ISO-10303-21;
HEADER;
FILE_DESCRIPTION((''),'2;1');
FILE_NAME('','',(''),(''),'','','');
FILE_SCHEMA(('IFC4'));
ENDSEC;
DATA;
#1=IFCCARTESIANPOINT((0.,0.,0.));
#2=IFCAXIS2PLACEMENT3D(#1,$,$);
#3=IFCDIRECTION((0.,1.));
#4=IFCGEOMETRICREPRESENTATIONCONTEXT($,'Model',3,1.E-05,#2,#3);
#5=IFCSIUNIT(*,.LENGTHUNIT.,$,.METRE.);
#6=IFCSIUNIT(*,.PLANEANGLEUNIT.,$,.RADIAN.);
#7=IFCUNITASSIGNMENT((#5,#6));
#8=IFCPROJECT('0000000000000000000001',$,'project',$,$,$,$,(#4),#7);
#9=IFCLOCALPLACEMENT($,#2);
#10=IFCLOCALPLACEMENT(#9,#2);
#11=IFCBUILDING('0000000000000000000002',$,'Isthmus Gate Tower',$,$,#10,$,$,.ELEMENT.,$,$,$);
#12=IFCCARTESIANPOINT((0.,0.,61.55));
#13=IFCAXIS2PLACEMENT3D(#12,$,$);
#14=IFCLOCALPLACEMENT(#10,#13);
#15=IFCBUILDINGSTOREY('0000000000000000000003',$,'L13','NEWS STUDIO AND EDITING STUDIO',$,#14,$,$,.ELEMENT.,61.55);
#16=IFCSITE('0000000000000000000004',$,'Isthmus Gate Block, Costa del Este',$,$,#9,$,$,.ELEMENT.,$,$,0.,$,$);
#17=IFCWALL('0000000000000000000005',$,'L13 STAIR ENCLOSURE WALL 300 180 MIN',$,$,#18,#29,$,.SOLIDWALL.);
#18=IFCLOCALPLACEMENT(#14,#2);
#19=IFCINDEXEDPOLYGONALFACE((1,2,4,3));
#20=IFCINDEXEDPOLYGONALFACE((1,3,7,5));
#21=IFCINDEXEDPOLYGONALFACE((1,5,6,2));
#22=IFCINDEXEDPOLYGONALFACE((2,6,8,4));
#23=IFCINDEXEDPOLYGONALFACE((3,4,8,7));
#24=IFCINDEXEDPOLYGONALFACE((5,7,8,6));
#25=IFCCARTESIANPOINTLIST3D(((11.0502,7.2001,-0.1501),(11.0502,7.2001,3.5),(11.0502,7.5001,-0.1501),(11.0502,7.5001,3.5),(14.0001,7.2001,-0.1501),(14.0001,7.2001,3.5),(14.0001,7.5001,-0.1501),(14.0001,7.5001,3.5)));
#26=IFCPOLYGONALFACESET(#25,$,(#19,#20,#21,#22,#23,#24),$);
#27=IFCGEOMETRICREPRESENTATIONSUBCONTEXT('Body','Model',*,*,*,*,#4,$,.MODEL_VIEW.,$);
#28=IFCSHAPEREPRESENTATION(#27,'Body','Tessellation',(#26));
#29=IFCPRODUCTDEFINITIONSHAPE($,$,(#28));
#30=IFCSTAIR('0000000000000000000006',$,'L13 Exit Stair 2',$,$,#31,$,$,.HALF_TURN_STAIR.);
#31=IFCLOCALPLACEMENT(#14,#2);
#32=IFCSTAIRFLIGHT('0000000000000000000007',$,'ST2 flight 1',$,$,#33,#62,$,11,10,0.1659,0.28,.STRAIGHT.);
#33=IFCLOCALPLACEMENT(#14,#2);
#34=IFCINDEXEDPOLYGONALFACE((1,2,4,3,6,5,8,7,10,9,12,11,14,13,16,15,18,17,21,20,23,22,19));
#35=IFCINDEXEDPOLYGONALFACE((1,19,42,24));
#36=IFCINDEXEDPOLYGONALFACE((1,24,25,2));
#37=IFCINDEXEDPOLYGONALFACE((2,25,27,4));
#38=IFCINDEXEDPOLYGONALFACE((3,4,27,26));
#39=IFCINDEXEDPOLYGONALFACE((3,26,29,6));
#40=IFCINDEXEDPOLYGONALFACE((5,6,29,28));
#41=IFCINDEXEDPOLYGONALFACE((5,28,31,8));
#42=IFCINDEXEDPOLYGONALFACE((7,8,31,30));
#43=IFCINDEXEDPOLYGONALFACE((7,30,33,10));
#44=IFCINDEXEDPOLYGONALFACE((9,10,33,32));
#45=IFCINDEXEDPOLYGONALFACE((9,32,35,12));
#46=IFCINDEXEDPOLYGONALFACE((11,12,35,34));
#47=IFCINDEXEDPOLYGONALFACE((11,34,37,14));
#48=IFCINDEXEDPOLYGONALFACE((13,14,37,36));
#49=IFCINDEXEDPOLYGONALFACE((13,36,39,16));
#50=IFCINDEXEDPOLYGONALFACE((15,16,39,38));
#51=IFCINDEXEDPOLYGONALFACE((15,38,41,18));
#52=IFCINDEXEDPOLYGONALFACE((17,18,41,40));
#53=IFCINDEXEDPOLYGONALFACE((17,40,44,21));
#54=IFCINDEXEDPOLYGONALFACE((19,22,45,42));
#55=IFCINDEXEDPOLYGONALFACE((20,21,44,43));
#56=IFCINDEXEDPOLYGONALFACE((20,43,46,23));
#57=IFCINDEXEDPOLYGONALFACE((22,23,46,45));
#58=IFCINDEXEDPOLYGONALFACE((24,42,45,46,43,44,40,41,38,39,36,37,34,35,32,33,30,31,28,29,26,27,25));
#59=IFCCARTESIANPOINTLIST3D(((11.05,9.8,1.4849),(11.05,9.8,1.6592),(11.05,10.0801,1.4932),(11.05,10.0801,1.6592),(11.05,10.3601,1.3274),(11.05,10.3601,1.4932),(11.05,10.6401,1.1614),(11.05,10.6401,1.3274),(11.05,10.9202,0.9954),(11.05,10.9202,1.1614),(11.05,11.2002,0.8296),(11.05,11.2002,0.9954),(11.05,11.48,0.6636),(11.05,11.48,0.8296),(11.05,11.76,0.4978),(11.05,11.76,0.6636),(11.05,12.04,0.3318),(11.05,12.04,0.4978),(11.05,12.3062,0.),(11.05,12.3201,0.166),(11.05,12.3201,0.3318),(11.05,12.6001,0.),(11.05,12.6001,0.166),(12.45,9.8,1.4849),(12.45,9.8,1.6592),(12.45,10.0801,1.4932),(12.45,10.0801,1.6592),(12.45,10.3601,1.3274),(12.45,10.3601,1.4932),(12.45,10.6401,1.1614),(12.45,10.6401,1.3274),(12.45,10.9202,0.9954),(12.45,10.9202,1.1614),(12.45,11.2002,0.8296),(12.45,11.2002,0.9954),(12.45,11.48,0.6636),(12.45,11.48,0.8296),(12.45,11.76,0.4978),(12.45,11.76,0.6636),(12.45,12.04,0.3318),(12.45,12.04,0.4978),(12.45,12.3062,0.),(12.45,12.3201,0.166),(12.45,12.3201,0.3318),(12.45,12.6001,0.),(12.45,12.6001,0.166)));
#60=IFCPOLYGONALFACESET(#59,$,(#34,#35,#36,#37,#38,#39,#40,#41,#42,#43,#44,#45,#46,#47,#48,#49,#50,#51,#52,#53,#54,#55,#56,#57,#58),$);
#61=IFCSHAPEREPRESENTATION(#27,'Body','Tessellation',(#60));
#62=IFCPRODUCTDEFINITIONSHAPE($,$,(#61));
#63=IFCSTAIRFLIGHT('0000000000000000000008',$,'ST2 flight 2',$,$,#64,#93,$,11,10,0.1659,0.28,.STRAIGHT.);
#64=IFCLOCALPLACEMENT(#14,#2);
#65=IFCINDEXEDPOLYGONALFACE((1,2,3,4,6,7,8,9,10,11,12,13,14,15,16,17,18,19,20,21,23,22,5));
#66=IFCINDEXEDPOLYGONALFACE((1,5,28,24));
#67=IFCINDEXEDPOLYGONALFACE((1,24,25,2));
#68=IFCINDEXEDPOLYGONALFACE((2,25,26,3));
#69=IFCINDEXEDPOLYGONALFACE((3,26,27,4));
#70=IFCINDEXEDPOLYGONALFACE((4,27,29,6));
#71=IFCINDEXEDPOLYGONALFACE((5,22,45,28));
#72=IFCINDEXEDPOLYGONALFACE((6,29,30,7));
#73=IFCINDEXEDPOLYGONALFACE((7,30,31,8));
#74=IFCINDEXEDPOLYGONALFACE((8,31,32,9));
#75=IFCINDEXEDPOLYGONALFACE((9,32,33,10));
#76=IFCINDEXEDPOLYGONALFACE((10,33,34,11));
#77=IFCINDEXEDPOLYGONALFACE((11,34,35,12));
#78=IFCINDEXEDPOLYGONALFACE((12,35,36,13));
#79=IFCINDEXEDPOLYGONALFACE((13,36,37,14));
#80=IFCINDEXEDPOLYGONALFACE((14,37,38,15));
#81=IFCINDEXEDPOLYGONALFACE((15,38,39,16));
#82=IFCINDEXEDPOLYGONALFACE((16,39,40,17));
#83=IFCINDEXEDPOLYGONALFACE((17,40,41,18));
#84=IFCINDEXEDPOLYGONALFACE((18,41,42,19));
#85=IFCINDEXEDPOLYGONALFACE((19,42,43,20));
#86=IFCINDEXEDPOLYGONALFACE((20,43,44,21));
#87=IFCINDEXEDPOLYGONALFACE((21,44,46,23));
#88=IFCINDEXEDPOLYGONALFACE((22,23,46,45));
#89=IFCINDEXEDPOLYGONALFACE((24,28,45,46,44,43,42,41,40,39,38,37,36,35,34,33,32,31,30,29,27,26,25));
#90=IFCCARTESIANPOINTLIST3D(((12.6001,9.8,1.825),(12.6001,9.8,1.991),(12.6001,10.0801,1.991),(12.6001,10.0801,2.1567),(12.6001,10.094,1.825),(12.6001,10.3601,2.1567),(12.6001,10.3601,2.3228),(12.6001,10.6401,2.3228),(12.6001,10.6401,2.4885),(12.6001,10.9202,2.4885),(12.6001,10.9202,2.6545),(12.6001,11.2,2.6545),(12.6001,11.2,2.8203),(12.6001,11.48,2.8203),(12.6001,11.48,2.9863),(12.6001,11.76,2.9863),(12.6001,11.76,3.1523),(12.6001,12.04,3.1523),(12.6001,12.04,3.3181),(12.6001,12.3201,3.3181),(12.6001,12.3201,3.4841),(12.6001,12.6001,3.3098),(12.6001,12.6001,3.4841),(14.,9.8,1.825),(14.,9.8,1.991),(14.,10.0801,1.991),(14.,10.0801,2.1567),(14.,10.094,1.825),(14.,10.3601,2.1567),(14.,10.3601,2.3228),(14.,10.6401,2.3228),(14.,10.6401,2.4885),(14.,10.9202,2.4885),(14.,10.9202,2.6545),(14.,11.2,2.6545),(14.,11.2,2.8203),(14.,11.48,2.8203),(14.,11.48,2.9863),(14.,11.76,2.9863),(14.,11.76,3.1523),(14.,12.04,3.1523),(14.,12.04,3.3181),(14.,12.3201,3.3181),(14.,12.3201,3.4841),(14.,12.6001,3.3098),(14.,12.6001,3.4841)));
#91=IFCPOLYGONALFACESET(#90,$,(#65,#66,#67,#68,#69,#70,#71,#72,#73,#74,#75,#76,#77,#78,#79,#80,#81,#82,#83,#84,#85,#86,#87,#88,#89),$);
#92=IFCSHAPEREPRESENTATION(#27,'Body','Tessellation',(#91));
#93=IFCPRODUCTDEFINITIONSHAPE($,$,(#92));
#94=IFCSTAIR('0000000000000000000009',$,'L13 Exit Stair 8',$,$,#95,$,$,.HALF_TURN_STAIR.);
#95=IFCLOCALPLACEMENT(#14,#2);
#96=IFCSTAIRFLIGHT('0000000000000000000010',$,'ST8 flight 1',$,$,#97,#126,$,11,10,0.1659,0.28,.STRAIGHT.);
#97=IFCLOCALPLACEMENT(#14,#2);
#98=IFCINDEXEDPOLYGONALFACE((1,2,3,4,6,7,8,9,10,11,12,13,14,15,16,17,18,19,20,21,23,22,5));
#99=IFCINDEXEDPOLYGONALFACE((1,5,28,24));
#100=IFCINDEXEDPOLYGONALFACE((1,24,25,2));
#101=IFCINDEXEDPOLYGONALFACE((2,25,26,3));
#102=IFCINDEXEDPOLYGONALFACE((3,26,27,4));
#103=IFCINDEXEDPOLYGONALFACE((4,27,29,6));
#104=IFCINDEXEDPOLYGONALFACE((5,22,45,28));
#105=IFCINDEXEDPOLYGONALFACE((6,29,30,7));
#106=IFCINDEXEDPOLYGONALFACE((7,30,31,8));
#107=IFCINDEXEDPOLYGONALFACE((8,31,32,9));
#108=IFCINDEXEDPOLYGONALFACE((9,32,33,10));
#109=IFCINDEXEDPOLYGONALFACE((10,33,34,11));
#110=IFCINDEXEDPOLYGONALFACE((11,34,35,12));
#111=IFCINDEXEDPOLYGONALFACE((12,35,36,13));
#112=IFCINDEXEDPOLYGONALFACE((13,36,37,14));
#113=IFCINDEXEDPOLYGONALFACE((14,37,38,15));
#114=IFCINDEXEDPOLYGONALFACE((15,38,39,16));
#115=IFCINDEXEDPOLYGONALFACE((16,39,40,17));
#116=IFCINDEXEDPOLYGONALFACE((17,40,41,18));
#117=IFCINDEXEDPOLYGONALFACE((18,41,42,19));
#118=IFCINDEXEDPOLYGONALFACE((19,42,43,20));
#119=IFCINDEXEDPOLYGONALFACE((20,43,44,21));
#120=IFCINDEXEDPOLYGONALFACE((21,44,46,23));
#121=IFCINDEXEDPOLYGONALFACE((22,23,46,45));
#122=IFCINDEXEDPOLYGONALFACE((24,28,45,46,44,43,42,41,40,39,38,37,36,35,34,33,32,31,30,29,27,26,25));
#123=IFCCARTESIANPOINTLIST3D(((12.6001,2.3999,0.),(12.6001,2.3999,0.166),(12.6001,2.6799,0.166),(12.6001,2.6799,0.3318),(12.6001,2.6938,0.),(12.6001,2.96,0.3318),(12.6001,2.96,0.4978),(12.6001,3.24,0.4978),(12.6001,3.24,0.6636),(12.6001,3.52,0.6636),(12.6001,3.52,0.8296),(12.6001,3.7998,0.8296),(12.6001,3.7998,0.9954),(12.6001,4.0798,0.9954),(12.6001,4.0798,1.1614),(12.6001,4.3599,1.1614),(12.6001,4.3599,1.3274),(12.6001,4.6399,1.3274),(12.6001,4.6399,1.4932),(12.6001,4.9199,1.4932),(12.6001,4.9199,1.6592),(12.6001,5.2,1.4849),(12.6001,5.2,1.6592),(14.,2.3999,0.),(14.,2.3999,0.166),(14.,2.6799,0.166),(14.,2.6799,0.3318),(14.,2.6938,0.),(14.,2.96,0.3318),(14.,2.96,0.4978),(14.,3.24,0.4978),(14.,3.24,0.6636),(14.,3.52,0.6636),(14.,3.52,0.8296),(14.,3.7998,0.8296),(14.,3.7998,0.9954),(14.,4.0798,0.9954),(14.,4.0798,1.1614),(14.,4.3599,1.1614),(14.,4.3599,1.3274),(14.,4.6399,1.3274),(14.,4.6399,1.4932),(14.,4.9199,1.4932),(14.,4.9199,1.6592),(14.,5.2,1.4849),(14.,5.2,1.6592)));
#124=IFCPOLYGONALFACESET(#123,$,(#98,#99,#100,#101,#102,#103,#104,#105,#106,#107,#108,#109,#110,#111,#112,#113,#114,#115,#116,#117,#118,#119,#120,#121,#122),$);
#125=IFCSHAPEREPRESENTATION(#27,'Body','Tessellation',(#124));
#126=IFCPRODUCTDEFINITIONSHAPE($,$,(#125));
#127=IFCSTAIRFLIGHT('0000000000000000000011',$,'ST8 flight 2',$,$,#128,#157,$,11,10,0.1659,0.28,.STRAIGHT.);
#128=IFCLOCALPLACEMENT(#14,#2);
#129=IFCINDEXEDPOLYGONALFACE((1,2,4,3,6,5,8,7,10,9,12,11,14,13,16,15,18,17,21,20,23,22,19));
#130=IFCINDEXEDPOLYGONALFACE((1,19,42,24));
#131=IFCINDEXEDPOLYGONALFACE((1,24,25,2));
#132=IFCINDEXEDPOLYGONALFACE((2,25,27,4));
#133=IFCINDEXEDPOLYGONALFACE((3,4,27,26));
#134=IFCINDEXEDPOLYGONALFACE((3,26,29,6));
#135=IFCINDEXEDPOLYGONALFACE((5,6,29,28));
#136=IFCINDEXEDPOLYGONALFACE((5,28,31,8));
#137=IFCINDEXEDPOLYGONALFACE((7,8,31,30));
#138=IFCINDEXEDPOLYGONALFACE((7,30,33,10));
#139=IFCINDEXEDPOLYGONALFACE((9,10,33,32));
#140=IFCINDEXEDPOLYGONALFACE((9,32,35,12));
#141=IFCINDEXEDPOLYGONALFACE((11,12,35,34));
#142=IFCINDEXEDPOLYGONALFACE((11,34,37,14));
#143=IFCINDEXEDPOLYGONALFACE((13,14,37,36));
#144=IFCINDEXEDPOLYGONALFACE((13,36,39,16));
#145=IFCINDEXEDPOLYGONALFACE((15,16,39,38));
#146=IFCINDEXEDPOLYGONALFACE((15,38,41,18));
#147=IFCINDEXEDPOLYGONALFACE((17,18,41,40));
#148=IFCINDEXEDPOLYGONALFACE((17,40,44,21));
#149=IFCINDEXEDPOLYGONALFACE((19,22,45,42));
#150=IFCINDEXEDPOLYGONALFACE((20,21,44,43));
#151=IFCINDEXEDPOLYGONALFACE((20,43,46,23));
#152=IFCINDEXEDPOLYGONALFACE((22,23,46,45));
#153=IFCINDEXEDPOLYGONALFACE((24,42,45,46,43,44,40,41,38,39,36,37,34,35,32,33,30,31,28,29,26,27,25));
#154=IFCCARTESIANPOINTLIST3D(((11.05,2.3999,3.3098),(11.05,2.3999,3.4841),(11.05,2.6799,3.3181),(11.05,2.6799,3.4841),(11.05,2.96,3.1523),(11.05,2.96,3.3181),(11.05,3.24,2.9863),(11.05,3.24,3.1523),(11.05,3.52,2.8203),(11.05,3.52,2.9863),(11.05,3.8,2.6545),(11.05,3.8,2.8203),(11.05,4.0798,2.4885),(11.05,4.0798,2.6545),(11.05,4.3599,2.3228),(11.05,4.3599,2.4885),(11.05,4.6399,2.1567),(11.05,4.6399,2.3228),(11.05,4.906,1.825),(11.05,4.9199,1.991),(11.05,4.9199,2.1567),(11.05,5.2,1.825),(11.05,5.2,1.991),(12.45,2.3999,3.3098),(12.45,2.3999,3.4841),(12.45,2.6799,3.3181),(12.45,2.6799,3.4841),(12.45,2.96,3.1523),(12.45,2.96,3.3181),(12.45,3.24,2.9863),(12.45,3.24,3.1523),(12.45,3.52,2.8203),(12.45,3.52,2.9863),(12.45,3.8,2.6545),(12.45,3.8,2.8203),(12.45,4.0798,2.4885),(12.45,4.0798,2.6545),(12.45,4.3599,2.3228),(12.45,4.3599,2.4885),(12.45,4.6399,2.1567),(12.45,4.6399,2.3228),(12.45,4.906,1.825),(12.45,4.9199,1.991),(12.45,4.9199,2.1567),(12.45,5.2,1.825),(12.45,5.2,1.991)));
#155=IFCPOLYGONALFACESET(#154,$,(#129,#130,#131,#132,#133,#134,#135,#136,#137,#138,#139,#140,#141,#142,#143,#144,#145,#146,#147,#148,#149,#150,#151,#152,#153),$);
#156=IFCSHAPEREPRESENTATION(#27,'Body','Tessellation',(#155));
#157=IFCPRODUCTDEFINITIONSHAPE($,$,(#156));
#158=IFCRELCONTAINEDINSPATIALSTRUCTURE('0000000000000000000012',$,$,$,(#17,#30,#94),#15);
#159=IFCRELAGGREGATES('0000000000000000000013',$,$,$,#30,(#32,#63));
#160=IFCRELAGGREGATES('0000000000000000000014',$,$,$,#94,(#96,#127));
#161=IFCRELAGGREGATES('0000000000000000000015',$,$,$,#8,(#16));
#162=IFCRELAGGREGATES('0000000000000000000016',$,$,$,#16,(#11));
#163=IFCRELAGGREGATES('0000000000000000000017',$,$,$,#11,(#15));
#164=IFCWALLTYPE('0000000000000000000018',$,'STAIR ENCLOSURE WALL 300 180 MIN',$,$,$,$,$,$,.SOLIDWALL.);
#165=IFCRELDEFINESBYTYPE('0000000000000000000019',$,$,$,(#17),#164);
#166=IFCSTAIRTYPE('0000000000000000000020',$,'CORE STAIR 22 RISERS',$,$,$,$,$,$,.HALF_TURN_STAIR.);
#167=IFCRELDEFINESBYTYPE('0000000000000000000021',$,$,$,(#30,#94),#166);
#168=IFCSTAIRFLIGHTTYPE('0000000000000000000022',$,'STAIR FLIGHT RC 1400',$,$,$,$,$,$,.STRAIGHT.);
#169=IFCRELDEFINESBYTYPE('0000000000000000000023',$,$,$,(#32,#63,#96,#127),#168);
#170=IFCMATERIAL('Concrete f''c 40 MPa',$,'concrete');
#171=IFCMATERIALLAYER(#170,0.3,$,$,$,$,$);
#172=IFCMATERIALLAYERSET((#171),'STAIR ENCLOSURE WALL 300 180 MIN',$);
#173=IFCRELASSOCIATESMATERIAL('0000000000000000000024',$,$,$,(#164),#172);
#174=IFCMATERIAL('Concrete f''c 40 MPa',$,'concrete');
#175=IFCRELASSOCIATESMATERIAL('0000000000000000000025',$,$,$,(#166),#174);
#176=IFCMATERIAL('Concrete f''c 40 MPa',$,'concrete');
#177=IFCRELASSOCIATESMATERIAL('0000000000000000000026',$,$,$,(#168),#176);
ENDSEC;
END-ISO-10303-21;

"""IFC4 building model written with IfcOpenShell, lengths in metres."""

from ifc_helpers import new_model, si_unit, direction, frame, frame_2d, origin, place, context, subcontext, project, spatial, polyline, rectangle, outline, extrude, material, layer, layer_set, type_object, element, aggregate, save


model = new_model("IFC4")

# Units and contexts
model_context = context("Model", 3, precision=1e-05, world=origin(), true_north=direction((0.0, 1.0)))
body_context = subcontext(model_context, "Body", "Model", "MODEL_VIEW")
ifc_project = project(units=[si_unit("LENGTHUNIT", "METRE"), si_unit("PLANEANGLEUNIT", "RADIAN")], contexts=[model_context])

# Site, building, storey
site_placement = place(None, origin())
site = spatial("IfcSite", under=ifc_project, at=site_placement, Name="Isthmus Gate Block, Costa del Este", CompositionType="ELEMENT", RefElevation=0.0)
building_placement = place(site_placement, origin())
building = spatial("IfcBuilding", under=site, at=building_placement, Name="Isthmus Gate Tower", CompositionType="ELEMENT")
storey_placement = place(building_placement, frame((0.0, 0.0, 61.55)))
storey = spatial("IfcBuildingStorey", under=building, at=storey_placement, Name="L13", Description="NEWS STUDIO AND EDITING STUDIO", CompositionType="ELEMENT", Elevation=61.55)

# Wall
ifc_material_1 = material(Name="Concrete f'c 40 MPa", Category="concrete")
ifc_layer_1 = layer(ifc_material_1, 0.3)
ifc_layer_set_1 = layer_set([ifc_layer_1], Name="STAIR ENCLOSURE WALL 300 180 MIN")
wall_type_1 = type_object("IfcWallType", Name="STAIR ENCLOSURE WALL 300 180 MIN", PredefinedType="SOLIDWALL", material=ifc_layer_set_1)
wall_1_placement = place(storey_placement, frame((11.05, 7.3501, -0.1501), z_axis=(0.0, 0.0, 1.0), x_axis=(1.0, 0.0, 0.0)))
element("IfcWall", 1, at=wall_1_placement, inside=storey, type_object=wall_type_1, Name="L13 STAIR ENCLOSURE WALL 300 180 MIN", PredefinedType="SOLIDWALL", context=body_context, shape_type="SweptSolid", body=[
    extrude(rectangle(XDim=2.95, YDim=0.3, at=frame_2d((1.4751, 0.0))), origin(), (0.0, 0.0, 1.0), 3.6501),
])

# Stairs, stair flights
ifc_material_2 = material(Name="Concrete f'c 40 MPa", Category="concrete")
stair_type = type_object("IfcStairType", Name="CORE STAIR 22 RISERS", PredefinedType="HALF_TURN_STAIR", material=ifc_material_2)
stair_1_placement = place(storey_placement, origin())
stair_1 = element("IfcStair", 2, at=stair_1_placement, inside=storey, type_object=stair_type, Name="L13 Exit Stair 2", PredefinedType="HALF_TURN_STAIR")
ifc_material_3 = material(Name="Concrete f'c 40 MPa", Category="concrete")
stair_flight_type = type_object("IfcStairFlightType", Name="STAIR FLIGHT RC 1400", PredefinedType="STRAIGHT", material=ifc_material_3)
stair_flight_1_placement = place(storey_placement, frame((11.75, 12.6001, 0.0), z_axis=(0.0, 0.0, 1.0), x_axis=(0.0, -1.0, 0.0)))
stair_flight_1 = element("IfcStairFlight", 3, at=stair_flight_1_placement, type_object=stair_flight_type, Name="ST2 flight 1", NumberOfRisers=11, NumberOfTreads=10, PredefinedType="STRAIGHT", RiserHeight=0.1659, TreadLength=0.28, context=body_context, shape_type="SweptSolid", body=[
    extrude(outline(polyline([(0.0, 0.0), (0.0, 0.166), (0.28, 0.166), (0.28, 0.3318), (0.5601, 0.3318), (0.5601, 0.4978), (0.8401, 0.4978), (0.8401, 0.6636), (1.1201, 0.6636), (1.1201, 0.8296), (1.3999, 0.8296), (1.3999, 0.9954), (1.6799, 0.9954), (1.6799, 1.1614), (1.96, 1.1614), (1.96, 1.3274), (2.24, 1.3274), (2.24, 1.4932), (2.52, 1.4932), (2.52, 1.6592), (2.8, 1.6592), (2.8, 1.825), (2.8, 1.4849), (0.2939, 0.0), (0.0, 0.0)])), frame((0.0, 0.7, 0.0), z_axis=(0.0, -1.0, 0.0), x_axis=(1.0, 0.0, 0.0)), (0.0, 0.0, 1.0), 1.3999),
])
stair_flight_2_placement = place(storey_placement, frame((13.3, 9.8, 1.825), z_axis=(0.0, 0.0, 1.0), x_axis=(0.0, 1.0, 0.0)))
stair_flight_2 = element("IfcStairFlight", 4, at=stair_flight_2_placement, type_object=stair_flight_type, Name="ST2 flight 2", NumberOfRisers=11, NumberOfTreads=10, PredefinedType="STRAIGHT", RiserHeight=0.1659, TreadLength=0.28, context=body_context, shape_type="SweptSolid", body=[
    extrude(outline(polyline([(0.0, 0.0), (0.0, 0.166), (0.28, 0.166), (0.28, 0.3318), (0.5601, 0.3318), (0.5601, 0.4978), (0.8401, 0.4978), (0.8401, 0.6636), (1.1201, 0.6636), (1.1201, 0.8296), (1.3999, 0.8296), (1.3999, 0.9954), (1.6799, 0.9954), (1.6799, 1.1614), (1.96, 1.1614), (1.96, 1.3274), (2.24, 1.3274), (2.24, 1.4932), (2.52, 1.4932), (2.52, 1.6592), (2.8, 1.6592), (2.8, 1.825), (2.8, 1.4849), (0.2939, 0.0), (0.0, 0.0)])), frame((0.0, 0.7, 0.0), z_axis=(0.0, -1.0, 0.0), x_axis=(1.0, 0.0, 0.0)), (0.0, 0.0, 1.0), 1.3999),
])
aggregate(stair_1, [stair_flight_1, stair_flight_2])
stair_2_placement = place(storey_placement, origin())
stair_2 = element("IfcStair", 5, at=stair_2_placement, inside=storey, type_object=stair_type, Name="L13 Exit Stair 8", PredefinedType="HALF_TURN_STAIR")
stair_flight_3_placement = place(storey_placement, frame((13.3, 2.3999, 0.0), z_axis=(0.0, 0.0, 1.0), x_axis=(0.0, 1.0, 0.0)))
stair_flight_3 = element("IfcStairFlight", 6, at=stair_flight_3_placement, type_object=stair_flight_type, Name="ST8 flight 1", NumberOfRisers=11, NumberOfTreads=10, PredefinedType="STRAIGHT", RiserHeight=0.1659, TreadLength=0.28, context=body_context, shape_type="SweptSolid", body=[
    extrude(outline(polyline([(0.0, 0.0), (0.0, 0.166), (0.28, 0.166), (0.28, 0.3318), (0.5601, 0.3318), (0.5601, 0.4978), (0.8401, 0.4978), (0.8401, 0.6636), (1.1201, 0.6636), (1.1201, 0.8296), (1.3999, 0.8296), (1.3999, 0.9954), (1.6799, 0.9954), (1.6799, 1.1614), (1.96, 1.1614), (1.96, 1.3274), (2.24, 1.3274), (2.24, 1.4932), (2.52, 1.4932), (2.52, 1.6592), (2.8, 1.6592), (2.8, 1.825), (2.8, 1.4849), (0.2939, 0.0), (0.0, 0.0)])), frame((0.0, 0.7, 0.0), z_axis=(0.0, -1.0, 0.0), x_axis=(1.0, 0.0, 0.0)), (0.0, 0.0, 1.0), 1.3999),
])
stair_flight_4_placement = place(storey_placement, frame((11.75, 5.2, 1.825), z_axis=(0.0, 0.0, 1.0), x_axis=(0.0, -1.0, 0.0)))
stair_flight_4 = element("IfcStairFlight", 7, at=stair_flight_4_placement, type_object=stair_flight_type, Name="ST8 flight 2", NumberOfRisers=11, NumberOfTreads=10, PredefinedType="STRAIGHT", RiserHeight=0.1659, TreadLength=0.28, context=body_context, shape_type="SweptSolid", body=[
    extrude(outline(polyline([(0.0, 0.0), (0.0, 0.166), (0.28, 0.166), (0.28, 0.3318), (0.5601, 0.3318), (0.5601, 0.4978), (0.8401, 0.4978), (0.8401, 0.6636), (1.1201, 0.6636), (1.1201, 0.8296), (1.3999, 0.8296), (1.3999, 0.9954), (1.6799, 0.9954), (1.6799, 1.1614), (1.96, 1.1614), (1.96, 1.3274), (2.24, 1.3274), (2.24, 1.4932), (2.52, 1.4932), (2.52, 1.6592), (2.8, 1.6592), (2.8, 1.825), (2.8, 1.4849), (0.2939, 0.0), (0.0, 0.0)])), frame((0.0, 0.7, 0.0), z_axis=(0.0, -1.0, 0.0), x_axis=(1.0, 0.0, 0.0)), (0.0, 0.0, 1.0), 1.3999),
])
aggregate(stair_2, [stair_flight_3, stair_flight_4])

save(model, "model.ifc")
